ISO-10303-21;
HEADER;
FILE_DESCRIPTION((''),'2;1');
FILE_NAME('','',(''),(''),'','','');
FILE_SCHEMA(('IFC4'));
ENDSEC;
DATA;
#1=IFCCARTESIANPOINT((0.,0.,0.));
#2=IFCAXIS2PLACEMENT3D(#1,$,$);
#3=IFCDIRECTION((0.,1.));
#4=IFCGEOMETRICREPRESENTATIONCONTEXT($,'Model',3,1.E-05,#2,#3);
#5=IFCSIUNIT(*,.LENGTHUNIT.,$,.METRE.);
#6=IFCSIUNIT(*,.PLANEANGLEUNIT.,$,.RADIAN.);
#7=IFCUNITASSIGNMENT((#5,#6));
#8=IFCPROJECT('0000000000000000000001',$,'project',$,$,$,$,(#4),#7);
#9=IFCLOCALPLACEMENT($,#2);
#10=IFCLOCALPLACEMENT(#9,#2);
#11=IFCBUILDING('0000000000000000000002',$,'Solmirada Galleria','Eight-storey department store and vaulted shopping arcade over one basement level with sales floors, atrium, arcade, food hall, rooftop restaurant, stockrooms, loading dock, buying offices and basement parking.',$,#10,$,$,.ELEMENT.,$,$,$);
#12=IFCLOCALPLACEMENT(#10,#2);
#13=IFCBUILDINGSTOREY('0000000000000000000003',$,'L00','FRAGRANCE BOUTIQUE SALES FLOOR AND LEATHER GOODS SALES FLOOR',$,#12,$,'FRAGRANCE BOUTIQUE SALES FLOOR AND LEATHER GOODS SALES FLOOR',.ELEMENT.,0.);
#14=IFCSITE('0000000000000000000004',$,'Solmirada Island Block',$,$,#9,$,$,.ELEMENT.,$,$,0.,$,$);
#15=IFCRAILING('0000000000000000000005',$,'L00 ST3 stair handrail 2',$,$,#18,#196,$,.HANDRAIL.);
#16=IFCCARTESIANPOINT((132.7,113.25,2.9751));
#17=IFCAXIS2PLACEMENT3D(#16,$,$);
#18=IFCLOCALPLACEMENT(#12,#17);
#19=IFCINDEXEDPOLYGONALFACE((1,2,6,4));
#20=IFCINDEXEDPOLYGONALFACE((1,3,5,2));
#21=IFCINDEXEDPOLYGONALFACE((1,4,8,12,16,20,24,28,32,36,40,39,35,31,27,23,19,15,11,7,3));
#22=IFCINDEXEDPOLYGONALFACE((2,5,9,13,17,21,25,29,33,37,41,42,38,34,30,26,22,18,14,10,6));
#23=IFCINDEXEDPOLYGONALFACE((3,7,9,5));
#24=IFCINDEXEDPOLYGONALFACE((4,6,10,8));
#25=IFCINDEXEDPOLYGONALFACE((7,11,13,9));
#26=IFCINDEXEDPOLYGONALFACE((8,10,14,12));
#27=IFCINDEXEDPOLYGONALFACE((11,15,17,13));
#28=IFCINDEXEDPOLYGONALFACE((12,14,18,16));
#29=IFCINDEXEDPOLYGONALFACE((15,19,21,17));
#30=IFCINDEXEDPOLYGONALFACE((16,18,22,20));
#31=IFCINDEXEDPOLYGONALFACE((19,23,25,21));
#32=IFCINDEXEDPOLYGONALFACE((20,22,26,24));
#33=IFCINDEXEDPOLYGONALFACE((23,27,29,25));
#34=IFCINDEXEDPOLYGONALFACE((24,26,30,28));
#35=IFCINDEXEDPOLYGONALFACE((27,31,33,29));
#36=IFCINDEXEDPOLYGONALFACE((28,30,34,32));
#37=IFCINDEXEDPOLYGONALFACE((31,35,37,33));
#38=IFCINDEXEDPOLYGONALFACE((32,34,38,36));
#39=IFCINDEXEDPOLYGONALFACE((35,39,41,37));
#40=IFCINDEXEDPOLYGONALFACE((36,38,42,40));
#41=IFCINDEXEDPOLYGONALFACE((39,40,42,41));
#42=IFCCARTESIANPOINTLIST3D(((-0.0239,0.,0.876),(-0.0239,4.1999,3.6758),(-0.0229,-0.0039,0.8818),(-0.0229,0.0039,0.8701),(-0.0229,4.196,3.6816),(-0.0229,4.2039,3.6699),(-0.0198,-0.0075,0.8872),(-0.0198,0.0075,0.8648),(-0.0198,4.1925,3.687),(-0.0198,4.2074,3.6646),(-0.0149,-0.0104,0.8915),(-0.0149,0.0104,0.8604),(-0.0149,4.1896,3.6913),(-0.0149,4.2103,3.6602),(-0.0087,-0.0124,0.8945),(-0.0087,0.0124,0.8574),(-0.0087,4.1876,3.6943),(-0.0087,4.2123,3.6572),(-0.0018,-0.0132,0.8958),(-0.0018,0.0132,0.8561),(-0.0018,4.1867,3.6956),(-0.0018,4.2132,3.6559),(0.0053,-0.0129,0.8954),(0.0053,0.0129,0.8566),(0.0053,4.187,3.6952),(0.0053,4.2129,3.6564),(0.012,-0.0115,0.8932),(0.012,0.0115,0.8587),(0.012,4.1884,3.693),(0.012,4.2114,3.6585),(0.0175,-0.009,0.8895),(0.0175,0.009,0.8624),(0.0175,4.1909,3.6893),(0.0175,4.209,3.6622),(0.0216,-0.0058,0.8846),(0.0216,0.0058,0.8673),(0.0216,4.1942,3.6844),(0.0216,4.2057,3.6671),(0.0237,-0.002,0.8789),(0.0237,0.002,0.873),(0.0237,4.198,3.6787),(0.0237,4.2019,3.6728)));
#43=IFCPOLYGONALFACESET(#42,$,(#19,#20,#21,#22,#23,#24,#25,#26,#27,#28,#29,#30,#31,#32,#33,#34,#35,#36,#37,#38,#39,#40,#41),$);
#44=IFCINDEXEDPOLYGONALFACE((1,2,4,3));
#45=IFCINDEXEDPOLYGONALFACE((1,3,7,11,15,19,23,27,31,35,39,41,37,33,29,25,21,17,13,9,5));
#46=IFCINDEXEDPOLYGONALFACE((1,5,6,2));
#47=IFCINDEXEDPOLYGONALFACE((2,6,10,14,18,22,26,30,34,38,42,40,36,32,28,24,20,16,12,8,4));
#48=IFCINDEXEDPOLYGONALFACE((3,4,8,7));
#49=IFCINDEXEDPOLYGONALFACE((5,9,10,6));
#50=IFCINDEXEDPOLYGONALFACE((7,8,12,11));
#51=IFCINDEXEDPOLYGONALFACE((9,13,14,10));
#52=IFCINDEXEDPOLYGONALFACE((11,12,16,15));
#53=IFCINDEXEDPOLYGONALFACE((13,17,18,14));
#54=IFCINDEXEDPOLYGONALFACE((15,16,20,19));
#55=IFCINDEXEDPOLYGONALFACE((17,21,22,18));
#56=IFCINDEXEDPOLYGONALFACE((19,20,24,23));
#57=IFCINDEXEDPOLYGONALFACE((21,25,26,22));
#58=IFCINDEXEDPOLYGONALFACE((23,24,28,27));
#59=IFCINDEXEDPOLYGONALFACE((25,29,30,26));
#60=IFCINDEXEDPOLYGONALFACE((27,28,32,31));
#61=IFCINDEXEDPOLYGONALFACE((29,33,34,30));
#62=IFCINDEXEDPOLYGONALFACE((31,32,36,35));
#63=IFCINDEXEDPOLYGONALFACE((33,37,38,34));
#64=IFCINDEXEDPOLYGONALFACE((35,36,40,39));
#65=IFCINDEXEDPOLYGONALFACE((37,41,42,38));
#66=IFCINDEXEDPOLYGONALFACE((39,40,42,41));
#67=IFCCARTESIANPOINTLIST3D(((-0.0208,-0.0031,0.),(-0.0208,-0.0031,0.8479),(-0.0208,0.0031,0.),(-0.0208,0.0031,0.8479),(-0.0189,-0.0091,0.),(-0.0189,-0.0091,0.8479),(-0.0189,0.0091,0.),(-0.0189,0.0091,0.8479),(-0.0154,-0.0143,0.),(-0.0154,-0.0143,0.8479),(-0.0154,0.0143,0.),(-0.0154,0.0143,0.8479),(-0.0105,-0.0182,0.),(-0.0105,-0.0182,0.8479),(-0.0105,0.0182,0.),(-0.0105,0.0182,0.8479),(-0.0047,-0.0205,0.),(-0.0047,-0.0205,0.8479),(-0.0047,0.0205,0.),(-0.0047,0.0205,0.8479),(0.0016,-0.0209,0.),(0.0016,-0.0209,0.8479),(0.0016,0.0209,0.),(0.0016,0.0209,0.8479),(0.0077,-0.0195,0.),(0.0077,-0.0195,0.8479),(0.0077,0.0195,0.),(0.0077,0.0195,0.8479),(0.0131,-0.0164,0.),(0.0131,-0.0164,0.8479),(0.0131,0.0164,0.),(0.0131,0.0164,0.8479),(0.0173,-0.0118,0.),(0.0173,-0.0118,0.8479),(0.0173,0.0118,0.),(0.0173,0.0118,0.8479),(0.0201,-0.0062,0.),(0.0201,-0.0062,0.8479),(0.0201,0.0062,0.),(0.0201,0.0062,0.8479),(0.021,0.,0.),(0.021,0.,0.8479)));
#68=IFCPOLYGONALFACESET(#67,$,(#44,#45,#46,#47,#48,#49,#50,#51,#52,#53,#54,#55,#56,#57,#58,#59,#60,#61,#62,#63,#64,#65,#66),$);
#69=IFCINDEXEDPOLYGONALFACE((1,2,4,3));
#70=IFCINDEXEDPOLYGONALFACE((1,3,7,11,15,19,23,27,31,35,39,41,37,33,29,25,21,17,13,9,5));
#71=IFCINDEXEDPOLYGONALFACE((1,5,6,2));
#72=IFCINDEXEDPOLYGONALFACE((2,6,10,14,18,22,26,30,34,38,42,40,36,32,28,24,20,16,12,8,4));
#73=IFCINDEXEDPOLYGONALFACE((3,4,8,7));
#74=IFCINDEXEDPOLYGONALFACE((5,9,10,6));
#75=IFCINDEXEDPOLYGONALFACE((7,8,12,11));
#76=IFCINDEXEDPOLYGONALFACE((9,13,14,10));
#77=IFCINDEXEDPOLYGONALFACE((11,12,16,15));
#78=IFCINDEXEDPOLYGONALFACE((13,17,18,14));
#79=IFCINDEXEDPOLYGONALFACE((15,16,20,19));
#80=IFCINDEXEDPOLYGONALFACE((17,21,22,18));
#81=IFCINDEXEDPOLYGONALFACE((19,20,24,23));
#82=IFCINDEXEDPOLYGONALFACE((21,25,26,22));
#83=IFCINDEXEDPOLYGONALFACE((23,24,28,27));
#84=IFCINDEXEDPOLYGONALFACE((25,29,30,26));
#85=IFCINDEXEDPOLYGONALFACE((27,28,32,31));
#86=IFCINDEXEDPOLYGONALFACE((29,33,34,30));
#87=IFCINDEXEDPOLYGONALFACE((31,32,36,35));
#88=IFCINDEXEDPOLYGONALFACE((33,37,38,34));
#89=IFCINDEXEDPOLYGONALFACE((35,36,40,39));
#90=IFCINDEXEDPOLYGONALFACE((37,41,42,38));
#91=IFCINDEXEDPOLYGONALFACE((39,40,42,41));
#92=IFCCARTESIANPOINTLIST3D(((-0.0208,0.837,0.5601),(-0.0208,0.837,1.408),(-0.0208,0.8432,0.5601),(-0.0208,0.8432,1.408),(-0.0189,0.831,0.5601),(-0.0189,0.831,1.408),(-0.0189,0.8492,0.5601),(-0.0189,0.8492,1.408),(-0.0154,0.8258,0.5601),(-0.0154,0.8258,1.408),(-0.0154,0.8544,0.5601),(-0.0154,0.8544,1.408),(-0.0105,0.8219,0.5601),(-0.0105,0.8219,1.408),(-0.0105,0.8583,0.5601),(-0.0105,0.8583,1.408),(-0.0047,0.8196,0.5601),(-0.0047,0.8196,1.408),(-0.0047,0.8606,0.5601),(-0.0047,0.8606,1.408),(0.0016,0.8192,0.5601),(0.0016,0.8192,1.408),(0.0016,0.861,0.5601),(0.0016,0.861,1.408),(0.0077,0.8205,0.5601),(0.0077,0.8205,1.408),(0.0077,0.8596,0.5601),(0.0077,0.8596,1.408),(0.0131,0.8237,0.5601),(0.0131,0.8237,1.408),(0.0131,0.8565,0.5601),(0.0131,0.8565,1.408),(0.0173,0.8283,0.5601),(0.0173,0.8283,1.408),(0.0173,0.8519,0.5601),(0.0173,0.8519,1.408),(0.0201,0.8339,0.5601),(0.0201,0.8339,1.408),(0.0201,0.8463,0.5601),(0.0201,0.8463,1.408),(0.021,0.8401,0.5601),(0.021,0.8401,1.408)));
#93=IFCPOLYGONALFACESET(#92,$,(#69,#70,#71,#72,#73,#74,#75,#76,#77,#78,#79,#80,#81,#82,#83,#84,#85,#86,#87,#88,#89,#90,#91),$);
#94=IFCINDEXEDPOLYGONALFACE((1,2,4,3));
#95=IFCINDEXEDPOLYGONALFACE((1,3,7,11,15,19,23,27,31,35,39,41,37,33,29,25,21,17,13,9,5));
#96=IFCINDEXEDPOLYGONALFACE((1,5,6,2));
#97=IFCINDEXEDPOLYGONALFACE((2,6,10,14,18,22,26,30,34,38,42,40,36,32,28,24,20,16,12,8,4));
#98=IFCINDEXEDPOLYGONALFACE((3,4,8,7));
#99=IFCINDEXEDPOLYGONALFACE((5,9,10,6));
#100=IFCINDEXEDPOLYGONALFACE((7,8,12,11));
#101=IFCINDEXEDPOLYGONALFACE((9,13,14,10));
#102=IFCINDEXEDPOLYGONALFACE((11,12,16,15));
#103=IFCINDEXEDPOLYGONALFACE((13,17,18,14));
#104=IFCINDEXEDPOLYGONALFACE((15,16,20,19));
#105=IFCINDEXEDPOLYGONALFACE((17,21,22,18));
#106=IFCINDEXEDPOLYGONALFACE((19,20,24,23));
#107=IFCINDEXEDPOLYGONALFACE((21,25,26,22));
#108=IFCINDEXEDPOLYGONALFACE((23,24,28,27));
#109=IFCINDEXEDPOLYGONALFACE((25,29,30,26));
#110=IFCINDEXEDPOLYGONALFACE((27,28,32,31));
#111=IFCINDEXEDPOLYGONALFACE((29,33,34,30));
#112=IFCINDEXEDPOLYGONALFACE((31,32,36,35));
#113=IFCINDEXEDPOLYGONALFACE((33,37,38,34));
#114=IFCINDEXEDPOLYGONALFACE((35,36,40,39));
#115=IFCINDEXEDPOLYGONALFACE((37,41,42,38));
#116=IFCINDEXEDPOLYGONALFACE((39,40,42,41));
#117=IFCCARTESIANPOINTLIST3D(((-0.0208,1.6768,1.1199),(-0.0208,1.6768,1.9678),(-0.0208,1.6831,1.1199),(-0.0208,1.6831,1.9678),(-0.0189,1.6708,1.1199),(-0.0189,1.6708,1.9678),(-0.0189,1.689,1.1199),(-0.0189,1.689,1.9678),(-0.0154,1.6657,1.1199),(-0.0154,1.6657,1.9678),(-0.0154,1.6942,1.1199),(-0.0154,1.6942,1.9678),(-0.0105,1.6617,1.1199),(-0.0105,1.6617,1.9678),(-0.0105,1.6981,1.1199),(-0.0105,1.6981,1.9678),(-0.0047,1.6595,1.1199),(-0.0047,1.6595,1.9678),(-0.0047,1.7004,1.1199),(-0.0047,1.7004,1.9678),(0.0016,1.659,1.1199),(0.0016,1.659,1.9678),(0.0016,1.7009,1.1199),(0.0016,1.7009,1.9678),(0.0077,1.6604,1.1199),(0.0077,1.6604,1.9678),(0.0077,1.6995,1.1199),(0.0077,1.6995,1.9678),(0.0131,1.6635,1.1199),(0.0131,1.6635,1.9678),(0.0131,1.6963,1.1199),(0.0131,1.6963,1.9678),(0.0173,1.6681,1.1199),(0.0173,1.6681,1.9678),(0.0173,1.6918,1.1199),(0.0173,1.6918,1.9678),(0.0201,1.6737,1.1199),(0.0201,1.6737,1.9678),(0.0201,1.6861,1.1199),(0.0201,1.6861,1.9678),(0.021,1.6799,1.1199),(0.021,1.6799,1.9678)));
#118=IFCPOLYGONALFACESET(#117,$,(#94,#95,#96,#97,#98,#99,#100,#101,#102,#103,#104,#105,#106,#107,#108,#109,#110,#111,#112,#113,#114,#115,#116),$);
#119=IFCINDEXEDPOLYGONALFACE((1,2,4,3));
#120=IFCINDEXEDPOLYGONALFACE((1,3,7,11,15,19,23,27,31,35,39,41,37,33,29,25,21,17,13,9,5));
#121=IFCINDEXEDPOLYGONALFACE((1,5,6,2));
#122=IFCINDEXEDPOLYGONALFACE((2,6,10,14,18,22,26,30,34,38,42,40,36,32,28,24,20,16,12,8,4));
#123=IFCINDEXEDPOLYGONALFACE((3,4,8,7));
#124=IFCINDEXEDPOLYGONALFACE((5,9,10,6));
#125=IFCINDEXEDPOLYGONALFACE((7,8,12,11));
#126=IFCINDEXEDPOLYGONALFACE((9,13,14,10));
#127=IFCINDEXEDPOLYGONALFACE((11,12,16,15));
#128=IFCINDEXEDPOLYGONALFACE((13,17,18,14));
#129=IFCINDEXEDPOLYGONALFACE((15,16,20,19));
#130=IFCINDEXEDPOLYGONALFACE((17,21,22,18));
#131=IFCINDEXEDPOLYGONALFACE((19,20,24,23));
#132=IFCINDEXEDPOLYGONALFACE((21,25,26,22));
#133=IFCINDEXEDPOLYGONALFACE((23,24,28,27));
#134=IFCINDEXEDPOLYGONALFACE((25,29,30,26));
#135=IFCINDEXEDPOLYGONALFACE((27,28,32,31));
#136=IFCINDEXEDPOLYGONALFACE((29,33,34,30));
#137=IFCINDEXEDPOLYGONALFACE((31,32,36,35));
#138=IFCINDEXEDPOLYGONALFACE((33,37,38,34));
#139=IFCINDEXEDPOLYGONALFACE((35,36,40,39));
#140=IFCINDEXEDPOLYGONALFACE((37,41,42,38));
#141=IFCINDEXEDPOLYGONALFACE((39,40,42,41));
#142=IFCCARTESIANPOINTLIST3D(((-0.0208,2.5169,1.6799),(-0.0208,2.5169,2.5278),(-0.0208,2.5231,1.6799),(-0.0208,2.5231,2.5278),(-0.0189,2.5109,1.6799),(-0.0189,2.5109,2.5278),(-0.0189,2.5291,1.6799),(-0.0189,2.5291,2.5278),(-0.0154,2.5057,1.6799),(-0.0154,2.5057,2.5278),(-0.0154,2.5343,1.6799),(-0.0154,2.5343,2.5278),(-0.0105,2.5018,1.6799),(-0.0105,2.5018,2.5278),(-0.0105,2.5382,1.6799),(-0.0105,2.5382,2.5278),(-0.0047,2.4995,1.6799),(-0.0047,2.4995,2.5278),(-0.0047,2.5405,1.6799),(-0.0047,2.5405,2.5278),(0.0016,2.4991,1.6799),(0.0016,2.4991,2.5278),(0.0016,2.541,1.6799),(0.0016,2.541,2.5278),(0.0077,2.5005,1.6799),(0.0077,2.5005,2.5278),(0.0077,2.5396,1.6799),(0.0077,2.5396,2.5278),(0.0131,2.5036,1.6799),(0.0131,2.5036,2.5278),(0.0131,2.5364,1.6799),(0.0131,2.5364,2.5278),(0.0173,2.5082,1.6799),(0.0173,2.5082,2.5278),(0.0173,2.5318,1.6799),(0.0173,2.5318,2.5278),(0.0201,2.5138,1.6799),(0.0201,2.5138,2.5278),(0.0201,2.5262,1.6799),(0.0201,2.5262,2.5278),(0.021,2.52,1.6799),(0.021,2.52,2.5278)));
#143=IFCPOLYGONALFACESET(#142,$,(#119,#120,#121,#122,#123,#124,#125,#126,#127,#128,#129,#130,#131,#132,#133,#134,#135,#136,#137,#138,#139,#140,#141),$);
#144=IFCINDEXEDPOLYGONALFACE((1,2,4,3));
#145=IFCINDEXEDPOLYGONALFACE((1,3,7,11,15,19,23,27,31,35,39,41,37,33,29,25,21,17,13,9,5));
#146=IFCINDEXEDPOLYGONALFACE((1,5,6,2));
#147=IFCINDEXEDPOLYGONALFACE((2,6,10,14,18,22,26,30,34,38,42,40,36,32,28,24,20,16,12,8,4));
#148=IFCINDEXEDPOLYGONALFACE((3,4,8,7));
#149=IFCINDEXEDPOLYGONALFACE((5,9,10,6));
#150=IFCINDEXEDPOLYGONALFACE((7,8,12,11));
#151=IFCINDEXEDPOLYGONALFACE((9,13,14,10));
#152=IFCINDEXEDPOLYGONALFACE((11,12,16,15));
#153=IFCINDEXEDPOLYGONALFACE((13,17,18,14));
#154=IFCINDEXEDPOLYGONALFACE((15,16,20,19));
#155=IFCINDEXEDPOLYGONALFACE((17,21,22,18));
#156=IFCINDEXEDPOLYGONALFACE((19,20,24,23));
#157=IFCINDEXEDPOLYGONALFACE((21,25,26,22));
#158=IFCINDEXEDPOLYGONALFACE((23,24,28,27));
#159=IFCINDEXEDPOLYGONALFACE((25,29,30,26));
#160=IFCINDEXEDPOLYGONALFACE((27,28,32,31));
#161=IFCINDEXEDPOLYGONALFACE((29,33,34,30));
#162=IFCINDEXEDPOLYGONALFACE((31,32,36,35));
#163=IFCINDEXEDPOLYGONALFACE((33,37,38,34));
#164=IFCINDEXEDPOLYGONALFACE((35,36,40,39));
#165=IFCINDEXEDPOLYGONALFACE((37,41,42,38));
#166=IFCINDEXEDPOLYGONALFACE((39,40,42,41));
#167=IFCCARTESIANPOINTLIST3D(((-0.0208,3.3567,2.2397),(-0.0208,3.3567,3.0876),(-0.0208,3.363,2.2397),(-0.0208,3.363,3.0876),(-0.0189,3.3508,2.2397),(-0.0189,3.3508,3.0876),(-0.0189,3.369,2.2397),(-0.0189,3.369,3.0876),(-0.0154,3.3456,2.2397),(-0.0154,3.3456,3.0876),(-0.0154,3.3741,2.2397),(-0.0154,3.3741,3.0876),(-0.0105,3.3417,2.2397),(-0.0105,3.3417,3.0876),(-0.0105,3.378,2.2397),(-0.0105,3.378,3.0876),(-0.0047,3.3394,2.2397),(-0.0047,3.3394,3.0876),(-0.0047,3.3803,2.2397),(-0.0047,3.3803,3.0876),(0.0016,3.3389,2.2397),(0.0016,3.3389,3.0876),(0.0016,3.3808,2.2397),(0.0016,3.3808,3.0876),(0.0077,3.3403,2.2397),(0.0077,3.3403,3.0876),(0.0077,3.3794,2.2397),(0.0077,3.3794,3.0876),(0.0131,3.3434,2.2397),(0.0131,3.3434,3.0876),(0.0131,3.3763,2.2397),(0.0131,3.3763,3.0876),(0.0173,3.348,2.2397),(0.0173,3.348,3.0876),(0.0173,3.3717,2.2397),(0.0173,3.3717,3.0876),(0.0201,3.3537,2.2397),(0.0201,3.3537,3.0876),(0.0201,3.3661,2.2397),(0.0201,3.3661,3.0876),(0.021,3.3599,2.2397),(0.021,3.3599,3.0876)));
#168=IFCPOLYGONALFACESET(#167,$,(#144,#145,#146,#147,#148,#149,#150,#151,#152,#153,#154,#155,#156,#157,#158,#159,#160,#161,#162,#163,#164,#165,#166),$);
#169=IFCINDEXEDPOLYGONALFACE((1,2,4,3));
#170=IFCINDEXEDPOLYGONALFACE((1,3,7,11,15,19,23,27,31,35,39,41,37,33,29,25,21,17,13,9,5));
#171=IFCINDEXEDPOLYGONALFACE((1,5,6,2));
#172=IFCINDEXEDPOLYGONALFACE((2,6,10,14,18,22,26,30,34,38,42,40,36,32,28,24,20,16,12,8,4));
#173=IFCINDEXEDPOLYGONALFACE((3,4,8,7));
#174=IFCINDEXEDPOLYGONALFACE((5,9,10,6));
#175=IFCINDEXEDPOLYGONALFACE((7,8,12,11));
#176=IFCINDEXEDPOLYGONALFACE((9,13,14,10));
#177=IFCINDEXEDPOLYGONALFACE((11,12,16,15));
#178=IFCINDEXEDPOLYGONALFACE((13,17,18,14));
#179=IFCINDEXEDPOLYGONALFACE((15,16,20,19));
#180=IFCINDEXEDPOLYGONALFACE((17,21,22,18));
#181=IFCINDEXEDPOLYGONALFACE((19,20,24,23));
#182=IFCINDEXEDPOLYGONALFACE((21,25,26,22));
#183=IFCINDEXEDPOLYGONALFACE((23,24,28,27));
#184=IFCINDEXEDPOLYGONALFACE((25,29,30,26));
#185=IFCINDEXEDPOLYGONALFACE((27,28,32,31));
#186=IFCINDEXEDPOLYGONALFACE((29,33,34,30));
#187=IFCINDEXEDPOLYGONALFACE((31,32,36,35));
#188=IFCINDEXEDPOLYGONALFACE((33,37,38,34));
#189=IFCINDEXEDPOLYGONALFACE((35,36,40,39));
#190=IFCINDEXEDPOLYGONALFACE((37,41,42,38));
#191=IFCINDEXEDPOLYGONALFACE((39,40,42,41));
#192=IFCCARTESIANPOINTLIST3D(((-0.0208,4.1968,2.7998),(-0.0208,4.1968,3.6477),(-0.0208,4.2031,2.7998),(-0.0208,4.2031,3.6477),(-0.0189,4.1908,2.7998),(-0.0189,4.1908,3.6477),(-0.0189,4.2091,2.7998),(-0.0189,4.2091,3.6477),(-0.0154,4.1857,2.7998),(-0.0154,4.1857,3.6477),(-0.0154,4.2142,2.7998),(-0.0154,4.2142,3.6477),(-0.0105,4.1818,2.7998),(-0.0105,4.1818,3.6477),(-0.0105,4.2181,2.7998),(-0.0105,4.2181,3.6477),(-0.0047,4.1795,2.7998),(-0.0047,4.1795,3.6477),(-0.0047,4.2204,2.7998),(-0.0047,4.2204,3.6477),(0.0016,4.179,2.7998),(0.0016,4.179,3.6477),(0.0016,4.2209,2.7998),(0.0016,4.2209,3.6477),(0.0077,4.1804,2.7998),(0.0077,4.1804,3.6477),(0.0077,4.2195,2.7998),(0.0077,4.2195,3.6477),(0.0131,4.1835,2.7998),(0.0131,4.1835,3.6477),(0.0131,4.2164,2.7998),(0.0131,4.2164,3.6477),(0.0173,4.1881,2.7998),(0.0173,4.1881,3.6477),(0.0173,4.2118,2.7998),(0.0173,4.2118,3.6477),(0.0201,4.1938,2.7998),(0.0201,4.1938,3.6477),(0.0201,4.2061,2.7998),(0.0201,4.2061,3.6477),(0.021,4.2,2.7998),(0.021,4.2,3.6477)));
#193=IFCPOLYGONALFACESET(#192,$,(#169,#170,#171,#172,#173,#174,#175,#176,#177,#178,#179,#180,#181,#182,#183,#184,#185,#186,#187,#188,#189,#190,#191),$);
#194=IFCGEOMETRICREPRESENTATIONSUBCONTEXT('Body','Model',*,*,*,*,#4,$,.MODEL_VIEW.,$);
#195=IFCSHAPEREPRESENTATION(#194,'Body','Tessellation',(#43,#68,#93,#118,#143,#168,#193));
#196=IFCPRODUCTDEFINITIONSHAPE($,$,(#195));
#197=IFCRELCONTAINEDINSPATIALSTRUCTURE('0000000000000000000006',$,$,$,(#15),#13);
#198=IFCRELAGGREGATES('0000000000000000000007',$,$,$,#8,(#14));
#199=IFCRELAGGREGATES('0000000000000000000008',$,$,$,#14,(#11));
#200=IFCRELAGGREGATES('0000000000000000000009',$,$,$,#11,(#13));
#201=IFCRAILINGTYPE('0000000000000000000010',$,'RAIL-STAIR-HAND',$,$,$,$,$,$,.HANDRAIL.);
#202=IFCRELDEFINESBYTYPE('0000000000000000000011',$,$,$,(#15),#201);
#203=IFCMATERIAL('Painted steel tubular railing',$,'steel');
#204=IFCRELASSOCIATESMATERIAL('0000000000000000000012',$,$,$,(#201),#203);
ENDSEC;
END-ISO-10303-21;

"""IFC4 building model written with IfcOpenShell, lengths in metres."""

from ifc_helpers import new_model, si_unit, direction, frame, origin, origin_2d, place, context, subcontext, project, spatial, circle, extrude, material, type_object, element, save


model = new_model("IFC4")

# Units and contexts
model_context = context("Model", 3, precision=1e-05, world=origin(), true_north=direction((0.0, 1.0)))
body_context = subcontext(model_context, "Body", "Model", "MODEL_VIEW")
ifc_project = project(units=[si_unit("LENGTHUNIT", "METRE"), si_unit("PLANEANGLEUNIT", "RADIAN")], contexts=[model_context])

# Site, building, storey
site_placement = place(None, origin())
site = spatial("IfcSite", under=ifc_project, at=site_placement, Name="Solmirada Island Block", CompositionType="ELEMENT", RefElevation=0.0)
building_placement = place(site_placement, origin())
building = spatial("IfcBuilding", under=site, at=building_placement, Name="Solmirada Galleria", Description="Eight-storey department store and vaulted shopping arcade over one basement level with sales floors, atrium, arcade, food hall, rooftop restaurant, stockrooms, loading dock, buying offices and basement parking.", CompositionType="ELEMENT")
storey_placement = place(building_placement, origin())
storey = spatial("IfcBuildingStorey", under=building, at=storey_placement, Name="L00", Description="FRAGRANCE BOUTIQUE SALES FLOOR AND LEATHER GOODS SALES FLOOR", LongName="FRAGRANCE BOUTIQUE SALES FLOOR AND LEATHER GOODS SALES FLOOR", CompositionType="ELEMENT", Elevation=0.0)

# Railing
ifc_material_1 = material(Name="Painted steel tubular railing", Category="steel")
railing_type_1 = type_object("IfcRailingType", Name="RAIL-STAIR-HAND", PredefinedType="HANDRAIL", material=ifc_material_1)
railing_1_placement = place(storey_placement, frame((132.7, 113.25, 2.9751)))
element("IfcRailing", 1, at=railing_1_placement, inside=storey, type_object=railing_type_1, Name="L00 ST3 stair handrail 2", PredefinedType="HANDRAIL", context=body_context, shape_type="SweptSolid", body=[
    extrude(circle(Radius=0.0239, at=origin_2d()), frame((0.0, 0.0, 0.876), z_axis=(0.0, 0.832065, 0.554678), x_axis=(-1.0, 0.0, 0.0)), (0.0, 0.0, 1.0), 5.0476),
    extrude(circle(Radius=0.021, at=origin_2d()), origin(), (0.0, 0.0, 1.0), 0.8479),
    extrude(circle(Radius=0.021, at=origin_2d()), frame((0.0, 0.8401, 0.5601)), (0.0, 0.0, 1.0), 0.8479),
    extrude(circle(Radius=0.021, at=origin_2d()), frame((0.0, 1.6799, 1.1199)), (0.0, 0.0, 1.0), 0.8479),
    extrude(circle(Radius=0.021, at=origin_2d()), frame((0.0, 2.52, 1.6799)), (0.0, 0.0, 1.0), 0.8479),
    extrude(circle(Radius=0.021, at=origin_2d()), frame((0.0, 3.3599, 2.2397)), (0.0, 0.0, 1.0), 0.8479),
    extrude(circle(Radius=0.021, at=origin_2d()), frame((0.0, 4.2, 2.7998)), (0.0, 0.0, 1.0), 0.8479),
])

save(model, "model.ifc")
